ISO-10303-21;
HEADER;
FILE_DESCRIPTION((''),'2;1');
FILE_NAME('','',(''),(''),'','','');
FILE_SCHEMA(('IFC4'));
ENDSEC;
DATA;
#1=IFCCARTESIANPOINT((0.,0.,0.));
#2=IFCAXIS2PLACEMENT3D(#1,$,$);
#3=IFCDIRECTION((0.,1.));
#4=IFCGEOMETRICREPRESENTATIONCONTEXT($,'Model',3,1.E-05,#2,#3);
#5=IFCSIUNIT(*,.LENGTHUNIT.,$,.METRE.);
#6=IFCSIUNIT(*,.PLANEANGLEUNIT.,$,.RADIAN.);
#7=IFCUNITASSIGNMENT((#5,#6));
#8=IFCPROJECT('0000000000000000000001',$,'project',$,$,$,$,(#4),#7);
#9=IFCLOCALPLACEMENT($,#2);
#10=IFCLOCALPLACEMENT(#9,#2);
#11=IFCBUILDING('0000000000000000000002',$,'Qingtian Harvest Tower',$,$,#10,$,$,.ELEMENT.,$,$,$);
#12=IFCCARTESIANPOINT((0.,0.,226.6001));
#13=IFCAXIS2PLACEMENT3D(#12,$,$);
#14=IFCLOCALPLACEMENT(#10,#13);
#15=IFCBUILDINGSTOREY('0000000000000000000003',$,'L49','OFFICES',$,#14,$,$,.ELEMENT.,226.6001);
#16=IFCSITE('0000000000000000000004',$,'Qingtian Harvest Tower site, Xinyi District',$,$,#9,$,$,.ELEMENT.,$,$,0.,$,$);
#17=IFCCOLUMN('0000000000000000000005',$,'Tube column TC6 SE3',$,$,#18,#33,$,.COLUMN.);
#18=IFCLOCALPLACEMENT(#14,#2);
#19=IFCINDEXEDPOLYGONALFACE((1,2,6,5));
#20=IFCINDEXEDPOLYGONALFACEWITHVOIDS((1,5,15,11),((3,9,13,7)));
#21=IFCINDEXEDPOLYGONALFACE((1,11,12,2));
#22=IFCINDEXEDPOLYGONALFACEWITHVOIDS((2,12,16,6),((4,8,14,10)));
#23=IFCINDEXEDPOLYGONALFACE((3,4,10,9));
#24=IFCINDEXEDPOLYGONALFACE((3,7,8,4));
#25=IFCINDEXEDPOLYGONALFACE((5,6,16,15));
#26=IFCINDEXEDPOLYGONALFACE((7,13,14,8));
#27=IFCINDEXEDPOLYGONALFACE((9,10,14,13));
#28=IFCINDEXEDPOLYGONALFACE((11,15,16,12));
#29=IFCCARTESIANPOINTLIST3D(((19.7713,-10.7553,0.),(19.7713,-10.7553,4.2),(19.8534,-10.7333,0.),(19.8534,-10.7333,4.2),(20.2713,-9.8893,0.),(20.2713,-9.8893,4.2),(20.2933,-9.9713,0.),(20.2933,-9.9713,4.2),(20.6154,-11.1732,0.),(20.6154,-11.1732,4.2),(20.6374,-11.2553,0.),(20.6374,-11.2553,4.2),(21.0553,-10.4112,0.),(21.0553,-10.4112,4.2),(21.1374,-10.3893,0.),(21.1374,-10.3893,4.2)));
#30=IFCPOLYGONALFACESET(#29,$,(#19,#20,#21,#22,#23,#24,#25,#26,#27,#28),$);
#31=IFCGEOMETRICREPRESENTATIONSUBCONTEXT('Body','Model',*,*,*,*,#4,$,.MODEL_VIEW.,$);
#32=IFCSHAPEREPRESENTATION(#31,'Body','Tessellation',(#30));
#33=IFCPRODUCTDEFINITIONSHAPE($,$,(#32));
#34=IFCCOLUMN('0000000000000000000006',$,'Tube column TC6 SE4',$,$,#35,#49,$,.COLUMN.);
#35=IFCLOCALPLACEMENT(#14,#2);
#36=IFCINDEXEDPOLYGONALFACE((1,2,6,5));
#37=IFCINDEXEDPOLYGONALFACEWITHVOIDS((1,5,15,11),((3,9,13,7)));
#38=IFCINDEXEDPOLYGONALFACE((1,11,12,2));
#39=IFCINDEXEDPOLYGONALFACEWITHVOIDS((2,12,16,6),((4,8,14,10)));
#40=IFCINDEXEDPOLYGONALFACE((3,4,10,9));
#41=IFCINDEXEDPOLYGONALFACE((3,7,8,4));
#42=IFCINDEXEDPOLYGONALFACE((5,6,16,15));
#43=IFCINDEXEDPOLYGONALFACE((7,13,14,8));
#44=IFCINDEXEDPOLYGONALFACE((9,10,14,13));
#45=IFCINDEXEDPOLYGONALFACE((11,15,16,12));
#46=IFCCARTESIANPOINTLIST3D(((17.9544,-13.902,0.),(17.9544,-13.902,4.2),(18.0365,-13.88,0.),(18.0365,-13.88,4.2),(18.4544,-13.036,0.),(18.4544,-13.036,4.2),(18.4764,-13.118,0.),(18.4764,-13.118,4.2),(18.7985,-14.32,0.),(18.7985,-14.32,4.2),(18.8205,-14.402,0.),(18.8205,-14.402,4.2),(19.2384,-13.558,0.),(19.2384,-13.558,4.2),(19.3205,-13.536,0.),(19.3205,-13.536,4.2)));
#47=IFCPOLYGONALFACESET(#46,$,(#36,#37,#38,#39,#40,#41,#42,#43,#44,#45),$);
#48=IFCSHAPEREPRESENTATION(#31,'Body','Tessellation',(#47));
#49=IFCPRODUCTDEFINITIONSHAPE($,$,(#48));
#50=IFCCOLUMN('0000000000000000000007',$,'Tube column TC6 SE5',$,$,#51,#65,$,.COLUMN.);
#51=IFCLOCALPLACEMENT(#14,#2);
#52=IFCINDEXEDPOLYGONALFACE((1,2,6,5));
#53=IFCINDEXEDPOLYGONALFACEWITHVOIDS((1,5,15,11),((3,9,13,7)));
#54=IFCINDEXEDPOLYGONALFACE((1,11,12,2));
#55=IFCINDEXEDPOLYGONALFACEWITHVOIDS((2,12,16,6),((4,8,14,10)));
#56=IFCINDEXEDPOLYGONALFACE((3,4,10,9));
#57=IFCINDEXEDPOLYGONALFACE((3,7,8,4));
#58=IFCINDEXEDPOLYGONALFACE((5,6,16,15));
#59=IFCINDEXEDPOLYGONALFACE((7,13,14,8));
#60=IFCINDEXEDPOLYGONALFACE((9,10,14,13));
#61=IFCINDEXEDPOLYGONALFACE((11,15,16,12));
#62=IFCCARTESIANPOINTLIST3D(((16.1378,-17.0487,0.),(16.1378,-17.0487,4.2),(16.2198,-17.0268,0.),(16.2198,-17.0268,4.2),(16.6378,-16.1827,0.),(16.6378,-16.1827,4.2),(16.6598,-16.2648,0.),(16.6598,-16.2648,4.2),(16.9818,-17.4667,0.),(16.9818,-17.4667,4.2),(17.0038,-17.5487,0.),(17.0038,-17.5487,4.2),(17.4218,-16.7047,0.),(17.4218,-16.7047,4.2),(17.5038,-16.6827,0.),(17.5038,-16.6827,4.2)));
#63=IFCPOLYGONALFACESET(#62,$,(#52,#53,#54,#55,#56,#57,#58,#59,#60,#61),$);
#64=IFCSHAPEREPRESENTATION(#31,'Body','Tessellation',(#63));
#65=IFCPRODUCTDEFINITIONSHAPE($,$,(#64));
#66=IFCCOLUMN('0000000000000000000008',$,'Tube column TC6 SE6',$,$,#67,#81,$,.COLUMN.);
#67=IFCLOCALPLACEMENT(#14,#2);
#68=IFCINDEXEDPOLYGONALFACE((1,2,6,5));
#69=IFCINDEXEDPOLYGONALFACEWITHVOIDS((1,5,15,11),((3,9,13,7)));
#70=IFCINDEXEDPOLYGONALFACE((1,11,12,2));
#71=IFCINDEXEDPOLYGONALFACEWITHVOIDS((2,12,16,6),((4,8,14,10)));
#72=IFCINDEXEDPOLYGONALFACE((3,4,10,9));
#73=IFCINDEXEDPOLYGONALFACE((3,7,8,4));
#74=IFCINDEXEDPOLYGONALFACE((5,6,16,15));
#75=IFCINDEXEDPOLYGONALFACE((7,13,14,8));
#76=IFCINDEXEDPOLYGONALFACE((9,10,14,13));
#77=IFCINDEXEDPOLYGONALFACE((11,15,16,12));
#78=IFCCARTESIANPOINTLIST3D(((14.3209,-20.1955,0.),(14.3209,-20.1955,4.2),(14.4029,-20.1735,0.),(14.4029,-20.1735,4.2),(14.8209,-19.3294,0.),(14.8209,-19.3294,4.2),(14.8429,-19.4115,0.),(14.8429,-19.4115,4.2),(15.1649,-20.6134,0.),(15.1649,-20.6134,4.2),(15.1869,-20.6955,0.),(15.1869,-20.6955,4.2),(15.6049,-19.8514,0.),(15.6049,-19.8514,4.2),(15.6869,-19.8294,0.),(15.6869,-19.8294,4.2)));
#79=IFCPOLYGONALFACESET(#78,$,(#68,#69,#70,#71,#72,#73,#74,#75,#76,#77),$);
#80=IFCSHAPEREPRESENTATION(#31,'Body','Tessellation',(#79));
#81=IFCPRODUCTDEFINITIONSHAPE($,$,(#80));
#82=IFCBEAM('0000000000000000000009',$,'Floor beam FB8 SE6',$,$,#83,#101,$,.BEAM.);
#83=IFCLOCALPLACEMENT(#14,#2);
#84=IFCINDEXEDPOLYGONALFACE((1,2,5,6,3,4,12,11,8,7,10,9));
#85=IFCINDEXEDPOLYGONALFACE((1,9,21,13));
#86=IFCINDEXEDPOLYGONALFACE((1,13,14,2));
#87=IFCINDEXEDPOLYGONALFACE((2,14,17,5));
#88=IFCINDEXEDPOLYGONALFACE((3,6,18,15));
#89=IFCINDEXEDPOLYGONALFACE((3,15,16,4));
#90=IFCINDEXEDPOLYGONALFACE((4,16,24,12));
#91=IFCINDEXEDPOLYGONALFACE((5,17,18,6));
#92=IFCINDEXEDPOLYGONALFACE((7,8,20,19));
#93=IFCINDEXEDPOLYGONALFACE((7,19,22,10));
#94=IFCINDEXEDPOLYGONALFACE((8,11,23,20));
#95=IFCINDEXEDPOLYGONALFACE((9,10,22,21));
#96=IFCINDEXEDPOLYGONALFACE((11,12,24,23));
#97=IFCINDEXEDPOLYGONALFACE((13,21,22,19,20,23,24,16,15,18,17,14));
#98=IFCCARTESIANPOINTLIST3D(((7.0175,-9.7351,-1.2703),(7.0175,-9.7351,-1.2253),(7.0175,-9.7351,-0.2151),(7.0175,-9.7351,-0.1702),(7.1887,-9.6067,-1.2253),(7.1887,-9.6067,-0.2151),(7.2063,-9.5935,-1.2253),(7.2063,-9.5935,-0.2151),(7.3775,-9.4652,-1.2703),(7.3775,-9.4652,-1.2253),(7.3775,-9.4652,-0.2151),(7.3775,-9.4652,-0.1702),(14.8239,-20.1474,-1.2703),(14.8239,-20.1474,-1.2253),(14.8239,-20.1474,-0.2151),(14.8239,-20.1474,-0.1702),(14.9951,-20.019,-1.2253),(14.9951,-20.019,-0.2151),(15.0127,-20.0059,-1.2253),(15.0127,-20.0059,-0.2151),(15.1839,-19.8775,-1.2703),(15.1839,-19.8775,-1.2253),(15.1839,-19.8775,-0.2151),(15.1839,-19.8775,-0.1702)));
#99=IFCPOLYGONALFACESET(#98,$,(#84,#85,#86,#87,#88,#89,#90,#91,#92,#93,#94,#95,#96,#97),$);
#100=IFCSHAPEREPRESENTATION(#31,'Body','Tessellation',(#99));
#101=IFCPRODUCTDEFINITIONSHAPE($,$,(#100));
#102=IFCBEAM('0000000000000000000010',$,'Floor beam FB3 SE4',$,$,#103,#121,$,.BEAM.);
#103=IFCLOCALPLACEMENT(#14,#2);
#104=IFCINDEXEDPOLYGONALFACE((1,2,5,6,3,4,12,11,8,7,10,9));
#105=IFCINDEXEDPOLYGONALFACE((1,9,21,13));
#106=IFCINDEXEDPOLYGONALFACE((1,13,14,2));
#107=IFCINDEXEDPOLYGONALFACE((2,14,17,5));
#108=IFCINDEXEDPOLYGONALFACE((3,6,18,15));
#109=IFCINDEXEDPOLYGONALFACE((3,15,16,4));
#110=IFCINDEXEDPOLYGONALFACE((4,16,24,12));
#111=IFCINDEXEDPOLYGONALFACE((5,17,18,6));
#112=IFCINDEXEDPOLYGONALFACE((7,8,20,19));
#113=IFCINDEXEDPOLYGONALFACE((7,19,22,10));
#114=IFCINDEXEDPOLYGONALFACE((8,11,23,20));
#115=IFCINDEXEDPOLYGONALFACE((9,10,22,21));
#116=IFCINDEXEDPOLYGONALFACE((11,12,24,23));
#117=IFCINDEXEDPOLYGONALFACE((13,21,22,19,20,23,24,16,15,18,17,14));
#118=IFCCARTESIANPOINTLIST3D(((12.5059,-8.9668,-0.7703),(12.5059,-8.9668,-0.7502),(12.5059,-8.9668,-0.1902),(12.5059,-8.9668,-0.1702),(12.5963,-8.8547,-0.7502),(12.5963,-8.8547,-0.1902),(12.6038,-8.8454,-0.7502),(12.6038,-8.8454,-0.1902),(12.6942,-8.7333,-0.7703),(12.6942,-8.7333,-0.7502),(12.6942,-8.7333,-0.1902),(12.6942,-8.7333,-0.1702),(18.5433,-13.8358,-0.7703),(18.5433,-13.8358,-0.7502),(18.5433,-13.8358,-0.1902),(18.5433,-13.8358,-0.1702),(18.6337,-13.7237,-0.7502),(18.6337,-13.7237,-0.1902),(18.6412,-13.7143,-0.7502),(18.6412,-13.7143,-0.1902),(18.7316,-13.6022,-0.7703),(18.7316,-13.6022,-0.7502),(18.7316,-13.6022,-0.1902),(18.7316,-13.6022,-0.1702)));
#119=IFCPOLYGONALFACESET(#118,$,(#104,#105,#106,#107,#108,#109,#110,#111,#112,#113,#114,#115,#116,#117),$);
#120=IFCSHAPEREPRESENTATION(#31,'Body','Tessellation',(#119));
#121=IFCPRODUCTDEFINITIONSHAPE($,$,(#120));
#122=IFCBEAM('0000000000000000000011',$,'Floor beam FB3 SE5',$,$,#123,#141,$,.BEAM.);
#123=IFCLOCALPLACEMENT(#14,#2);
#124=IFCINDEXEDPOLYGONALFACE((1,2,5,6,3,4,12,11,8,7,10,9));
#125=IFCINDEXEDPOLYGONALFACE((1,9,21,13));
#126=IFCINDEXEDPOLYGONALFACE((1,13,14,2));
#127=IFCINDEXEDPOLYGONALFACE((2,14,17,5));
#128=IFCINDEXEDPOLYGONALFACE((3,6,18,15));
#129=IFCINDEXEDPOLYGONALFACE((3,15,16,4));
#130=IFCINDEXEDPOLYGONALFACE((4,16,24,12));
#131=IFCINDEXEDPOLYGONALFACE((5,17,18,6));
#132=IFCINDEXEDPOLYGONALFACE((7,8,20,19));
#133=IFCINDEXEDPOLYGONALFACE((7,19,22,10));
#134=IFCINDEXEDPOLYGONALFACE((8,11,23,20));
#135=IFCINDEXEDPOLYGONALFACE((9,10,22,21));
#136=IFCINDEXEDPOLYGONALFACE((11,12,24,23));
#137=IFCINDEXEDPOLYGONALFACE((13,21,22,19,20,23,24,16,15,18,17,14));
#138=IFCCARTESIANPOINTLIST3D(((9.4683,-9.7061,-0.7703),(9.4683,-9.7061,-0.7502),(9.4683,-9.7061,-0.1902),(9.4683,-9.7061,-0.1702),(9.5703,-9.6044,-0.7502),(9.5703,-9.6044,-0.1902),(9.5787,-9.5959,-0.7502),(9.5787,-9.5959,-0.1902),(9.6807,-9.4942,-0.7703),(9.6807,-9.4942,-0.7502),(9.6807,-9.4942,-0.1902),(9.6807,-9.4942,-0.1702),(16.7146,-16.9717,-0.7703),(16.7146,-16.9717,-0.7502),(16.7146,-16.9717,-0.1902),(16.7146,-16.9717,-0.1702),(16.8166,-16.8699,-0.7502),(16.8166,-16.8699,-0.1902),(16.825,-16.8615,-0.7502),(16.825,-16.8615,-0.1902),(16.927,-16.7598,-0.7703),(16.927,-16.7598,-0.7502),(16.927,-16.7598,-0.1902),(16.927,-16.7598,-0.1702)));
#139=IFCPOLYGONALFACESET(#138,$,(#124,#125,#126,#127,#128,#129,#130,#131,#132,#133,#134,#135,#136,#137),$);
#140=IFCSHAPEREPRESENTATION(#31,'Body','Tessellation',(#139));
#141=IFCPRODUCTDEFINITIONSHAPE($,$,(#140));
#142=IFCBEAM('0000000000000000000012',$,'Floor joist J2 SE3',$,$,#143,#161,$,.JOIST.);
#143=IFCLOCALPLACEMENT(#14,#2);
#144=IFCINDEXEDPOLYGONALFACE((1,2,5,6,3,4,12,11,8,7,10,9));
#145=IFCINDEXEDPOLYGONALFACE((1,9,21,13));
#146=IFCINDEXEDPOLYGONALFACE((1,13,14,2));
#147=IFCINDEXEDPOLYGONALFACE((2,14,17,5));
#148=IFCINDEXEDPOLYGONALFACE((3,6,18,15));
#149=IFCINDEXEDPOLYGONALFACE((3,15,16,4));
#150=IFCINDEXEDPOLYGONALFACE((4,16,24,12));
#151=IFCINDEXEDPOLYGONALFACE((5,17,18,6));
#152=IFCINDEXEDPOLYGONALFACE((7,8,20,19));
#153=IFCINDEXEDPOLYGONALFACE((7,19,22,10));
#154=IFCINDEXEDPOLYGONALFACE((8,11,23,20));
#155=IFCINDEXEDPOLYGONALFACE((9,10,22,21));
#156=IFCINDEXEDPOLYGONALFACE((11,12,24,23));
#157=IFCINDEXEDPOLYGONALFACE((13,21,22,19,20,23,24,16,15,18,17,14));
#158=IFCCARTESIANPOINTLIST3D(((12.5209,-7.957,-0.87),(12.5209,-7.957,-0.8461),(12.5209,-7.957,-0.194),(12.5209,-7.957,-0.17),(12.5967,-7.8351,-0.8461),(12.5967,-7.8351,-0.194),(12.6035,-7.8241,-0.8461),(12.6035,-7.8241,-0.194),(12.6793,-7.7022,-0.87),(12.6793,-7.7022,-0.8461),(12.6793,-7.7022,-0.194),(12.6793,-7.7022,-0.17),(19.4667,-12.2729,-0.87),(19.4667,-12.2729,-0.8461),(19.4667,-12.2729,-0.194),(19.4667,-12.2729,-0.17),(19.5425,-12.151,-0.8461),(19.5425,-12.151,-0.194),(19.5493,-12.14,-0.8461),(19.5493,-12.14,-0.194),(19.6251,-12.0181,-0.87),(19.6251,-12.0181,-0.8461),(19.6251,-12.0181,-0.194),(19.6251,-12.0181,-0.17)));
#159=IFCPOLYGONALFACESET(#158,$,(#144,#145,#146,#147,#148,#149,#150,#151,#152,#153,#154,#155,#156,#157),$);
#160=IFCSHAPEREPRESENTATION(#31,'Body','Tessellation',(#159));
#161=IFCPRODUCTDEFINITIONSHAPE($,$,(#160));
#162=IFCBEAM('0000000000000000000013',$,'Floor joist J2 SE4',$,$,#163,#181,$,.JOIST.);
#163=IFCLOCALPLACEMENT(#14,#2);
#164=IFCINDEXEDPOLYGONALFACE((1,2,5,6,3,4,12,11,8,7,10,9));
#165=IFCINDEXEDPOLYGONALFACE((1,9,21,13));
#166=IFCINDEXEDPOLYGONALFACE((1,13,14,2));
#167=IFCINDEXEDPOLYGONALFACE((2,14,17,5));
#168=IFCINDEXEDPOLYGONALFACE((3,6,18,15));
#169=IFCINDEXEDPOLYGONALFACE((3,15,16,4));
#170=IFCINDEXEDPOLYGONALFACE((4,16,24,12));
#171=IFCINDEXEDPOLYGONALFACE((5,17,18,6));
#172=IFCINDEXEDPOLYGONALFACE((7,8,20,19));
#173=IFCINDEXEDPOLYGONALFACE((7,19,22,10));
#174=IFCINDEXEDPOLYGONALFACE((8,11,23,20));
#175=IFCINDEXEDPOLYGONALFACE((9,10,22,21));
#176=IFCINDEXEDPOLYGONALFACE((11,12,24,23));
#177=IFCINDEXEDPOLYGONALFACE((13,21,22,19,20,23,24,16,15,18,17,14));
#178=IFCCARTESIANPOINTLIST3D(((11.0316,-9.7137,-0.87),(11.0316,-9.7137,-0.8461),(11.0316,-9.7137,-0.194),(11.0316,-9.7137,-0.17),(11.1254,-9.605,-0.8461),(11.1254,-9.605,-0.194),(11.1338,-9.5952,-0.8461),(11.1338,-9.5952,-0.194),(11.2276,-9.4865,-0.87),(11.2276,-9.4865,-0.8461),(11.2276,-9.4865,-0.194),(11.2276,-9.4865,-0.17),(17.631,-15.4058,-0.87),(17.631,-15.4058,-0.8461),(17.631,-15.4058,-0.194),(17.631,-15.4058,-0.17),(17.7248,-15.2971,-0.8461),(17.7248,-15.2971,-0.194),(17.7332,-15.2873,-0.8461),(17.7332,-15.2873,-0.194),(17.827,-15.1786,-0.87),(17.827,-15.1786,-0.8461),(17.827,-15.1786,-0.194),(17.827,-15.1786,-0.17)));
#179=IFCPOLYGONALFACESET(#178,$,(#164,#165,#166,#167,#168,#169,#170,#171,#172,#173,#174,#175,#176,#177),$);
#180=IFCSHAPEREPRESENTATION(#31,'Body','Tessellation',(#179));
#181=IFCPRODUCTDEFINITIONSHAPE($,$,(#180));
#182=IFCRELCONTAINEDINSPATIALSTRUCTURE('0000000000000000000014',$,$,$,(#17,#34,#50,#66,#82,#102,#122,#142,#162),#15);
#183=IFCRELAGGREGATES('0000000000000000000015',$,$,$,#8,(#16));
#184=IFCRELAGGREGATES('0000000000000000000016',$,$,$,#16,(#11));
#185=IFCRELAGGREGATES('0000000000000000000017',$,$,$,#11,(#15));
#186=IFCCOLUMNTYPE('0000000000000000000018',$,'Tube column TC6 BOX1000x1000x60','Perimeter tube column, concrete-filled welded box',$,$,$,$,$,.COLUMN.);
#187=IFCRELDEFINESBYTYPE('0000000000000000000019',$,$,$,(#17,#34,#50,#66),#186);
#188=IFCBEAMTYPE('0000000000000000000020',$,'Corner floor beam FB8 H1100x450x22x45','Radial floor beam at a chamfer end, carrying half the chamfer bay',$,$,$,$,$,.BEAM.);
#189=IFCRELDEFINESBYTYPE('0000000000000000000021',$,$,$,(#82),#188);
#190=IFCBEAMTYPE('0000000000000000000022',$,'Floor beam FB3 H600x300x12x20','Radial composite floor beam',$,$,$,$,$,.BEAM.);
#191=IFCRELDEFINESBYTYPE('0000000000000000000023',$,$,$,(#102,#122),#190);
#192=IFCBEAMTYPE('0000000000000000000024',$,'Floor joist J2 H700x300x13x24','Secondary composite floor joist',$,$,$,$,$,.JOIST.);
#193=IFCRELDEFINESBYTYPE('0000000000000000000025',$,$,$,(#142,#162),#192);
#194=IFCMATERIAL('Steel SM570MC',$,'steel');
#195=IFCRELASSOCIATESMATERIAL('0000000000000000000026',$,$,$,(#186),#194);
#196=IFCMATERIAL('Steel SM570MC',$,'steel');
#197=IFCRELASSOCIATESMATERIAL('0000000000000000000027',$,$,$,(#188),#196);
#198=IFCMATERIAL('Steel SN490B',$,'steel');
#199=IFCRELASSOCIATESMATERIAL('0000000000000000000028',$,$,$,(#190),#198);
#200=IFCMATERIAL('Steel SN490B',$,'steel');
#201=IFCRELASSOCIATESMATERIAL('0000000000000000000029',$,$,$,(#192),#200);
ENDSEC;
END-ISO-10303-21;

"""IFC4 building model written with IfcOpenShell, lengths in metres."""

from ifc_helpers import new_model, si_unit, direction, frame, origin, origin_2d, place, context, subcontext, project, spatial, hollow_rectangle, i_section, extrude, material, material_profile, profile_set, type_object, element, save


model = new_model("IFC4")

# Units and contexts
model_context = context("Model", 3, precision=1e-05, world=origin(), true_north=direction((0.0, 1.0)))
body_context = subcontext(model_context, "Body", "Model", "MODEL_VIEW")
ifc_project = project(units=[si_unit("LENGTHUNIT", "METRE"), si_unit("PLANEANGLEUNIT", "RADIAN")], contexts=[model_context])

# Site, building, storey
site_placement = place(None, origin())
site = spatial("IfcSite", under=ifc_project, at=site_placement, Name="Qingtian Harvest Tower site, Xinyi District", CompositionType="ELEMENT", RefElevation=0.0)
building_placement = place(site_placement, origin())
building = spatial("IfcBuilding", under=site, at=building_placement, Name="Qingtian Harvest Tower", CompositionType="ELEMENT")
storey_placement = place(building_placement, frame((0.0, 0.0, 226.6001)))
storey = spatial("IfcBuildingStorey", under=building, at=storey_placement, Name="L49", Description="OFFICES", CompositionType="ELEMENT", Elevation=226.6001)

# Columns
ifc_material_1 = material(Name="Steel SM570MC", Category="steel")
ifc_material_profile_1 = material_profile(ifc_material_1, hollow_rectangle(XDim=1.0, YDim=1.0, WallThickness=0.0601, at=origin_2d()), Name="BOX1000x1000x60")
ifc_profile_set_1 = profile_set([ifc_material_profile_1], Name="Steel SM570MC")
column_type = type_object("IfcColumnType", Name="Tube column TC6 BOX1000x1000x60", Description="Perimeter tube column, concrete-filled welded box", PredefinedType="COLUMN", material=ifc_profile_set_1)
for number, where, z_axis, x_axis, name in (
    (1, (20.4543, -10.5723, 0.0), (0.0, 0.0, 1.0), (0.5, 0.866025, 0.0), "Tube column TC6 SE3"),
    (2, (18.6375, -13.719, 0.0), (0.0, 0.0, 1.0), (0.5, 0.866025, 0.0), "Tube column TC6 SE4"),
    (3, (16.8208, -16.8657, 0.0), (0.0, 0.0, 1.0), (0.5, 0.866025, 0.0), "Tube column TC6 SE5"),
    (4, (15.0039, -20.0125, 0.0), (0.0, 0.0, 1.0), (0.5, 0.866025, 0.0), "Tube column TC6 SE6"),
):
    element("IfcColumn", number, at=place(storey_placement, frame(where, z_axis=z_axis, x_axis=x_axis)), inside=storey, type_object=column_type, Name=name, PredefinedType="COLUMN", context=body_context, shape_type="SweptSolid", body=[
        extrude(hollow_rectangle(XDim=1.0, YDim=1.0, WallThickness=0.0601, at=origin_2d()), origin(), (0.0, 0.0, 1.0), 4.2),
    ])

# Beams
ifc_material_2 = material(Name="Steel SM570MC", Category="steel")
ifc_material_profile_2 = material_profile(ifc_material_2, i_section(OverallWidth=0.45, OverallDepth=1.1001, WebThickness=0.022, FlangeThickness=0.0449, at=origin_2d()), Name="H1100x450x22x45")
ifc_profile_set_2 = profile_set([ifc_material_profile_2], Name="Steel SM570MC")
beam_type_1 = type_object("IfcBeamType", Name="Corner floor beam FB8 H1100x450x22x45", Description="Radial floor beam at a chamfer end, carrying half the chamfer bay", PredefinedType="BEAM", material=ifc_profile_set_2)
beam_1_placement = place(storey_placement, frame((15.0039, -20.0125, -0.7202), z_axis=(-0.599859, 0.800106, 0.0), x_axis=(-0.800106, -0.599859, 0.0)))
element("IfcBeam", 5, at=beam_1_placement, inside=storey, type_object=beam_type_1, Name="Floor beam FB8 SE6", PredefinedType="BEAM", context=body_context, shape_type="SweptSolid", body=[
    extrude(i_section(OverallWidth=0.45, OverallDepth=1.1001, WebThickness=0.022, FlangeThickness=0.0449, at=origin_2d()), origin(), (0.0, 0.0, 1.0), 13.0137),
])
ifc_material_3 = material(Name="Steel SN490B", Category="steel")
ifc_material_profile_3 = material_profile(ifc_material_3, i_section(OverallWidth=0.3, OverallDepth=0.6001, WebThickness=0.012, FlangeThickness=0.02, at=origin_2d()), Name="H600x300x12x20")
ifc_profile_set_3 = profile_set([ifc_material_profile_3], Name="Steel SN490B")
beam_type_2 = type_object("IfcBeamType", Name="Floor beam FB3 H600x300x12x20", Description="Radial composite floor beam", PredefinedType="BEAM", material=ifc_profile_set_3)
beam_2_placement = place(storey_placement, frame((18.6375, -13.719, -0.4702), z_axis=(-0.778409, 0.627757, 0.0), x_axis=(-0.627757, -0.778409, 0.0)))
element("IfcBeam", 6, at=beam_2_placement, inside=storey, type_object=beam_type_2, Name="Floor beam FB3 SE4", PredefinedType="BEAM", context=body_context, shape_type="SweptSolid", body=[
    extrude(i_section(OverallWidth=0.3, OverallDepth=0.6001, WebThickness=0.012, FlangeThickness=0.02, at=origin_2d()), origin(), (0.0, 0.0, 1.0), 7.7561),
])
beam_3_placement = place(storey_placement, frame((16.8208, -16.8657, -0.4702), z_axis=(-0.706166, 0.708046, 0.0), x_axis=(-0.708046, -0.706166, 0.0)))
element("IfcBeam", 7, at=beam_3_placement, inside=storey, type_object=beam_type_2, Name="Floor beam FB3 SE5", PredefinedType="BEAM", context=body_context, shape_type="SweptSolid", body=[
    extrude(i_section(OverallWidth=0.3, OverallDepth=0.6001, WebThickness=0.012, FlangeThickness=0.02, at=origin_2d()), origin(), (0.0, 0.0, 1.0), 10.2615),
])
ifc_material_4 = material(Name="Steel SN490B", Category="steel")
ifc_material_profile_4 = material_profile(ifc_material_4, i_section(OverallWidth=0.3, OverallDepth=0.7, WebThickness=0.0129, FlangeThickness=0.0239, at=origin_2d()), Name="H700x300x13x24")
ifc_profile_set_4 = profile_set([ifc_material_profile_4], Name="Steel SN490B")
beam_type_3 = type_object("IfcBeamType", Name="Floor joist J2 H700x300x13x24", Description="Secondary composite floor joist", PredefinedType="JOIST", material=ifc_profile_set_4)
beam_4_placement = place(storey_placement, frame((19.5459, -12.1455, -0.52), z_axis=(-0.849381, 0.52778, 0.0), x_axis=(-0.52778, -0.849381, 0.0)))
element("IfcBeam", 8, at=beam_4_placement, inside=storey, type_object=beam_type_3, Name="Floor joist J2 SE3", PredefinedType="JOIST", context=body_context, shape_type="SweptSolid", body=[
    extrude(i_section(OverallWidth=0.3, OverallDepth=0.7, WebThickness=0.0129, FlangeThickness=0.0239, at=origin_2d()), origin(), (0.0, 0.0, 1.0), 8.1775),
])
beam_5_placement = place(storey_placement, frame((17.729, -15.2922, -0.52), z_axis=(-0.757238, 0.653139, 0.0), x_axis=(-0.653139, -0.757238, 0.0)))
element("IfcBeam", 9, at=beam_5_placement, inside=storey, type_object=beam_type_3, Name="Floor joist J2 SE4", PredefinedType="JOIST", context=body_context, shape_type="SweptSolid", body=[
    extrude(i_section(OverallWidth=0.3, OverallDepth=0.7, WebThickness=0.0129, FlangeThickness=0.0239, at=origin_2d()), origin(), (0.0, 0.0, 1.0), 8.7151),
])

save(model, "model.ifc")
